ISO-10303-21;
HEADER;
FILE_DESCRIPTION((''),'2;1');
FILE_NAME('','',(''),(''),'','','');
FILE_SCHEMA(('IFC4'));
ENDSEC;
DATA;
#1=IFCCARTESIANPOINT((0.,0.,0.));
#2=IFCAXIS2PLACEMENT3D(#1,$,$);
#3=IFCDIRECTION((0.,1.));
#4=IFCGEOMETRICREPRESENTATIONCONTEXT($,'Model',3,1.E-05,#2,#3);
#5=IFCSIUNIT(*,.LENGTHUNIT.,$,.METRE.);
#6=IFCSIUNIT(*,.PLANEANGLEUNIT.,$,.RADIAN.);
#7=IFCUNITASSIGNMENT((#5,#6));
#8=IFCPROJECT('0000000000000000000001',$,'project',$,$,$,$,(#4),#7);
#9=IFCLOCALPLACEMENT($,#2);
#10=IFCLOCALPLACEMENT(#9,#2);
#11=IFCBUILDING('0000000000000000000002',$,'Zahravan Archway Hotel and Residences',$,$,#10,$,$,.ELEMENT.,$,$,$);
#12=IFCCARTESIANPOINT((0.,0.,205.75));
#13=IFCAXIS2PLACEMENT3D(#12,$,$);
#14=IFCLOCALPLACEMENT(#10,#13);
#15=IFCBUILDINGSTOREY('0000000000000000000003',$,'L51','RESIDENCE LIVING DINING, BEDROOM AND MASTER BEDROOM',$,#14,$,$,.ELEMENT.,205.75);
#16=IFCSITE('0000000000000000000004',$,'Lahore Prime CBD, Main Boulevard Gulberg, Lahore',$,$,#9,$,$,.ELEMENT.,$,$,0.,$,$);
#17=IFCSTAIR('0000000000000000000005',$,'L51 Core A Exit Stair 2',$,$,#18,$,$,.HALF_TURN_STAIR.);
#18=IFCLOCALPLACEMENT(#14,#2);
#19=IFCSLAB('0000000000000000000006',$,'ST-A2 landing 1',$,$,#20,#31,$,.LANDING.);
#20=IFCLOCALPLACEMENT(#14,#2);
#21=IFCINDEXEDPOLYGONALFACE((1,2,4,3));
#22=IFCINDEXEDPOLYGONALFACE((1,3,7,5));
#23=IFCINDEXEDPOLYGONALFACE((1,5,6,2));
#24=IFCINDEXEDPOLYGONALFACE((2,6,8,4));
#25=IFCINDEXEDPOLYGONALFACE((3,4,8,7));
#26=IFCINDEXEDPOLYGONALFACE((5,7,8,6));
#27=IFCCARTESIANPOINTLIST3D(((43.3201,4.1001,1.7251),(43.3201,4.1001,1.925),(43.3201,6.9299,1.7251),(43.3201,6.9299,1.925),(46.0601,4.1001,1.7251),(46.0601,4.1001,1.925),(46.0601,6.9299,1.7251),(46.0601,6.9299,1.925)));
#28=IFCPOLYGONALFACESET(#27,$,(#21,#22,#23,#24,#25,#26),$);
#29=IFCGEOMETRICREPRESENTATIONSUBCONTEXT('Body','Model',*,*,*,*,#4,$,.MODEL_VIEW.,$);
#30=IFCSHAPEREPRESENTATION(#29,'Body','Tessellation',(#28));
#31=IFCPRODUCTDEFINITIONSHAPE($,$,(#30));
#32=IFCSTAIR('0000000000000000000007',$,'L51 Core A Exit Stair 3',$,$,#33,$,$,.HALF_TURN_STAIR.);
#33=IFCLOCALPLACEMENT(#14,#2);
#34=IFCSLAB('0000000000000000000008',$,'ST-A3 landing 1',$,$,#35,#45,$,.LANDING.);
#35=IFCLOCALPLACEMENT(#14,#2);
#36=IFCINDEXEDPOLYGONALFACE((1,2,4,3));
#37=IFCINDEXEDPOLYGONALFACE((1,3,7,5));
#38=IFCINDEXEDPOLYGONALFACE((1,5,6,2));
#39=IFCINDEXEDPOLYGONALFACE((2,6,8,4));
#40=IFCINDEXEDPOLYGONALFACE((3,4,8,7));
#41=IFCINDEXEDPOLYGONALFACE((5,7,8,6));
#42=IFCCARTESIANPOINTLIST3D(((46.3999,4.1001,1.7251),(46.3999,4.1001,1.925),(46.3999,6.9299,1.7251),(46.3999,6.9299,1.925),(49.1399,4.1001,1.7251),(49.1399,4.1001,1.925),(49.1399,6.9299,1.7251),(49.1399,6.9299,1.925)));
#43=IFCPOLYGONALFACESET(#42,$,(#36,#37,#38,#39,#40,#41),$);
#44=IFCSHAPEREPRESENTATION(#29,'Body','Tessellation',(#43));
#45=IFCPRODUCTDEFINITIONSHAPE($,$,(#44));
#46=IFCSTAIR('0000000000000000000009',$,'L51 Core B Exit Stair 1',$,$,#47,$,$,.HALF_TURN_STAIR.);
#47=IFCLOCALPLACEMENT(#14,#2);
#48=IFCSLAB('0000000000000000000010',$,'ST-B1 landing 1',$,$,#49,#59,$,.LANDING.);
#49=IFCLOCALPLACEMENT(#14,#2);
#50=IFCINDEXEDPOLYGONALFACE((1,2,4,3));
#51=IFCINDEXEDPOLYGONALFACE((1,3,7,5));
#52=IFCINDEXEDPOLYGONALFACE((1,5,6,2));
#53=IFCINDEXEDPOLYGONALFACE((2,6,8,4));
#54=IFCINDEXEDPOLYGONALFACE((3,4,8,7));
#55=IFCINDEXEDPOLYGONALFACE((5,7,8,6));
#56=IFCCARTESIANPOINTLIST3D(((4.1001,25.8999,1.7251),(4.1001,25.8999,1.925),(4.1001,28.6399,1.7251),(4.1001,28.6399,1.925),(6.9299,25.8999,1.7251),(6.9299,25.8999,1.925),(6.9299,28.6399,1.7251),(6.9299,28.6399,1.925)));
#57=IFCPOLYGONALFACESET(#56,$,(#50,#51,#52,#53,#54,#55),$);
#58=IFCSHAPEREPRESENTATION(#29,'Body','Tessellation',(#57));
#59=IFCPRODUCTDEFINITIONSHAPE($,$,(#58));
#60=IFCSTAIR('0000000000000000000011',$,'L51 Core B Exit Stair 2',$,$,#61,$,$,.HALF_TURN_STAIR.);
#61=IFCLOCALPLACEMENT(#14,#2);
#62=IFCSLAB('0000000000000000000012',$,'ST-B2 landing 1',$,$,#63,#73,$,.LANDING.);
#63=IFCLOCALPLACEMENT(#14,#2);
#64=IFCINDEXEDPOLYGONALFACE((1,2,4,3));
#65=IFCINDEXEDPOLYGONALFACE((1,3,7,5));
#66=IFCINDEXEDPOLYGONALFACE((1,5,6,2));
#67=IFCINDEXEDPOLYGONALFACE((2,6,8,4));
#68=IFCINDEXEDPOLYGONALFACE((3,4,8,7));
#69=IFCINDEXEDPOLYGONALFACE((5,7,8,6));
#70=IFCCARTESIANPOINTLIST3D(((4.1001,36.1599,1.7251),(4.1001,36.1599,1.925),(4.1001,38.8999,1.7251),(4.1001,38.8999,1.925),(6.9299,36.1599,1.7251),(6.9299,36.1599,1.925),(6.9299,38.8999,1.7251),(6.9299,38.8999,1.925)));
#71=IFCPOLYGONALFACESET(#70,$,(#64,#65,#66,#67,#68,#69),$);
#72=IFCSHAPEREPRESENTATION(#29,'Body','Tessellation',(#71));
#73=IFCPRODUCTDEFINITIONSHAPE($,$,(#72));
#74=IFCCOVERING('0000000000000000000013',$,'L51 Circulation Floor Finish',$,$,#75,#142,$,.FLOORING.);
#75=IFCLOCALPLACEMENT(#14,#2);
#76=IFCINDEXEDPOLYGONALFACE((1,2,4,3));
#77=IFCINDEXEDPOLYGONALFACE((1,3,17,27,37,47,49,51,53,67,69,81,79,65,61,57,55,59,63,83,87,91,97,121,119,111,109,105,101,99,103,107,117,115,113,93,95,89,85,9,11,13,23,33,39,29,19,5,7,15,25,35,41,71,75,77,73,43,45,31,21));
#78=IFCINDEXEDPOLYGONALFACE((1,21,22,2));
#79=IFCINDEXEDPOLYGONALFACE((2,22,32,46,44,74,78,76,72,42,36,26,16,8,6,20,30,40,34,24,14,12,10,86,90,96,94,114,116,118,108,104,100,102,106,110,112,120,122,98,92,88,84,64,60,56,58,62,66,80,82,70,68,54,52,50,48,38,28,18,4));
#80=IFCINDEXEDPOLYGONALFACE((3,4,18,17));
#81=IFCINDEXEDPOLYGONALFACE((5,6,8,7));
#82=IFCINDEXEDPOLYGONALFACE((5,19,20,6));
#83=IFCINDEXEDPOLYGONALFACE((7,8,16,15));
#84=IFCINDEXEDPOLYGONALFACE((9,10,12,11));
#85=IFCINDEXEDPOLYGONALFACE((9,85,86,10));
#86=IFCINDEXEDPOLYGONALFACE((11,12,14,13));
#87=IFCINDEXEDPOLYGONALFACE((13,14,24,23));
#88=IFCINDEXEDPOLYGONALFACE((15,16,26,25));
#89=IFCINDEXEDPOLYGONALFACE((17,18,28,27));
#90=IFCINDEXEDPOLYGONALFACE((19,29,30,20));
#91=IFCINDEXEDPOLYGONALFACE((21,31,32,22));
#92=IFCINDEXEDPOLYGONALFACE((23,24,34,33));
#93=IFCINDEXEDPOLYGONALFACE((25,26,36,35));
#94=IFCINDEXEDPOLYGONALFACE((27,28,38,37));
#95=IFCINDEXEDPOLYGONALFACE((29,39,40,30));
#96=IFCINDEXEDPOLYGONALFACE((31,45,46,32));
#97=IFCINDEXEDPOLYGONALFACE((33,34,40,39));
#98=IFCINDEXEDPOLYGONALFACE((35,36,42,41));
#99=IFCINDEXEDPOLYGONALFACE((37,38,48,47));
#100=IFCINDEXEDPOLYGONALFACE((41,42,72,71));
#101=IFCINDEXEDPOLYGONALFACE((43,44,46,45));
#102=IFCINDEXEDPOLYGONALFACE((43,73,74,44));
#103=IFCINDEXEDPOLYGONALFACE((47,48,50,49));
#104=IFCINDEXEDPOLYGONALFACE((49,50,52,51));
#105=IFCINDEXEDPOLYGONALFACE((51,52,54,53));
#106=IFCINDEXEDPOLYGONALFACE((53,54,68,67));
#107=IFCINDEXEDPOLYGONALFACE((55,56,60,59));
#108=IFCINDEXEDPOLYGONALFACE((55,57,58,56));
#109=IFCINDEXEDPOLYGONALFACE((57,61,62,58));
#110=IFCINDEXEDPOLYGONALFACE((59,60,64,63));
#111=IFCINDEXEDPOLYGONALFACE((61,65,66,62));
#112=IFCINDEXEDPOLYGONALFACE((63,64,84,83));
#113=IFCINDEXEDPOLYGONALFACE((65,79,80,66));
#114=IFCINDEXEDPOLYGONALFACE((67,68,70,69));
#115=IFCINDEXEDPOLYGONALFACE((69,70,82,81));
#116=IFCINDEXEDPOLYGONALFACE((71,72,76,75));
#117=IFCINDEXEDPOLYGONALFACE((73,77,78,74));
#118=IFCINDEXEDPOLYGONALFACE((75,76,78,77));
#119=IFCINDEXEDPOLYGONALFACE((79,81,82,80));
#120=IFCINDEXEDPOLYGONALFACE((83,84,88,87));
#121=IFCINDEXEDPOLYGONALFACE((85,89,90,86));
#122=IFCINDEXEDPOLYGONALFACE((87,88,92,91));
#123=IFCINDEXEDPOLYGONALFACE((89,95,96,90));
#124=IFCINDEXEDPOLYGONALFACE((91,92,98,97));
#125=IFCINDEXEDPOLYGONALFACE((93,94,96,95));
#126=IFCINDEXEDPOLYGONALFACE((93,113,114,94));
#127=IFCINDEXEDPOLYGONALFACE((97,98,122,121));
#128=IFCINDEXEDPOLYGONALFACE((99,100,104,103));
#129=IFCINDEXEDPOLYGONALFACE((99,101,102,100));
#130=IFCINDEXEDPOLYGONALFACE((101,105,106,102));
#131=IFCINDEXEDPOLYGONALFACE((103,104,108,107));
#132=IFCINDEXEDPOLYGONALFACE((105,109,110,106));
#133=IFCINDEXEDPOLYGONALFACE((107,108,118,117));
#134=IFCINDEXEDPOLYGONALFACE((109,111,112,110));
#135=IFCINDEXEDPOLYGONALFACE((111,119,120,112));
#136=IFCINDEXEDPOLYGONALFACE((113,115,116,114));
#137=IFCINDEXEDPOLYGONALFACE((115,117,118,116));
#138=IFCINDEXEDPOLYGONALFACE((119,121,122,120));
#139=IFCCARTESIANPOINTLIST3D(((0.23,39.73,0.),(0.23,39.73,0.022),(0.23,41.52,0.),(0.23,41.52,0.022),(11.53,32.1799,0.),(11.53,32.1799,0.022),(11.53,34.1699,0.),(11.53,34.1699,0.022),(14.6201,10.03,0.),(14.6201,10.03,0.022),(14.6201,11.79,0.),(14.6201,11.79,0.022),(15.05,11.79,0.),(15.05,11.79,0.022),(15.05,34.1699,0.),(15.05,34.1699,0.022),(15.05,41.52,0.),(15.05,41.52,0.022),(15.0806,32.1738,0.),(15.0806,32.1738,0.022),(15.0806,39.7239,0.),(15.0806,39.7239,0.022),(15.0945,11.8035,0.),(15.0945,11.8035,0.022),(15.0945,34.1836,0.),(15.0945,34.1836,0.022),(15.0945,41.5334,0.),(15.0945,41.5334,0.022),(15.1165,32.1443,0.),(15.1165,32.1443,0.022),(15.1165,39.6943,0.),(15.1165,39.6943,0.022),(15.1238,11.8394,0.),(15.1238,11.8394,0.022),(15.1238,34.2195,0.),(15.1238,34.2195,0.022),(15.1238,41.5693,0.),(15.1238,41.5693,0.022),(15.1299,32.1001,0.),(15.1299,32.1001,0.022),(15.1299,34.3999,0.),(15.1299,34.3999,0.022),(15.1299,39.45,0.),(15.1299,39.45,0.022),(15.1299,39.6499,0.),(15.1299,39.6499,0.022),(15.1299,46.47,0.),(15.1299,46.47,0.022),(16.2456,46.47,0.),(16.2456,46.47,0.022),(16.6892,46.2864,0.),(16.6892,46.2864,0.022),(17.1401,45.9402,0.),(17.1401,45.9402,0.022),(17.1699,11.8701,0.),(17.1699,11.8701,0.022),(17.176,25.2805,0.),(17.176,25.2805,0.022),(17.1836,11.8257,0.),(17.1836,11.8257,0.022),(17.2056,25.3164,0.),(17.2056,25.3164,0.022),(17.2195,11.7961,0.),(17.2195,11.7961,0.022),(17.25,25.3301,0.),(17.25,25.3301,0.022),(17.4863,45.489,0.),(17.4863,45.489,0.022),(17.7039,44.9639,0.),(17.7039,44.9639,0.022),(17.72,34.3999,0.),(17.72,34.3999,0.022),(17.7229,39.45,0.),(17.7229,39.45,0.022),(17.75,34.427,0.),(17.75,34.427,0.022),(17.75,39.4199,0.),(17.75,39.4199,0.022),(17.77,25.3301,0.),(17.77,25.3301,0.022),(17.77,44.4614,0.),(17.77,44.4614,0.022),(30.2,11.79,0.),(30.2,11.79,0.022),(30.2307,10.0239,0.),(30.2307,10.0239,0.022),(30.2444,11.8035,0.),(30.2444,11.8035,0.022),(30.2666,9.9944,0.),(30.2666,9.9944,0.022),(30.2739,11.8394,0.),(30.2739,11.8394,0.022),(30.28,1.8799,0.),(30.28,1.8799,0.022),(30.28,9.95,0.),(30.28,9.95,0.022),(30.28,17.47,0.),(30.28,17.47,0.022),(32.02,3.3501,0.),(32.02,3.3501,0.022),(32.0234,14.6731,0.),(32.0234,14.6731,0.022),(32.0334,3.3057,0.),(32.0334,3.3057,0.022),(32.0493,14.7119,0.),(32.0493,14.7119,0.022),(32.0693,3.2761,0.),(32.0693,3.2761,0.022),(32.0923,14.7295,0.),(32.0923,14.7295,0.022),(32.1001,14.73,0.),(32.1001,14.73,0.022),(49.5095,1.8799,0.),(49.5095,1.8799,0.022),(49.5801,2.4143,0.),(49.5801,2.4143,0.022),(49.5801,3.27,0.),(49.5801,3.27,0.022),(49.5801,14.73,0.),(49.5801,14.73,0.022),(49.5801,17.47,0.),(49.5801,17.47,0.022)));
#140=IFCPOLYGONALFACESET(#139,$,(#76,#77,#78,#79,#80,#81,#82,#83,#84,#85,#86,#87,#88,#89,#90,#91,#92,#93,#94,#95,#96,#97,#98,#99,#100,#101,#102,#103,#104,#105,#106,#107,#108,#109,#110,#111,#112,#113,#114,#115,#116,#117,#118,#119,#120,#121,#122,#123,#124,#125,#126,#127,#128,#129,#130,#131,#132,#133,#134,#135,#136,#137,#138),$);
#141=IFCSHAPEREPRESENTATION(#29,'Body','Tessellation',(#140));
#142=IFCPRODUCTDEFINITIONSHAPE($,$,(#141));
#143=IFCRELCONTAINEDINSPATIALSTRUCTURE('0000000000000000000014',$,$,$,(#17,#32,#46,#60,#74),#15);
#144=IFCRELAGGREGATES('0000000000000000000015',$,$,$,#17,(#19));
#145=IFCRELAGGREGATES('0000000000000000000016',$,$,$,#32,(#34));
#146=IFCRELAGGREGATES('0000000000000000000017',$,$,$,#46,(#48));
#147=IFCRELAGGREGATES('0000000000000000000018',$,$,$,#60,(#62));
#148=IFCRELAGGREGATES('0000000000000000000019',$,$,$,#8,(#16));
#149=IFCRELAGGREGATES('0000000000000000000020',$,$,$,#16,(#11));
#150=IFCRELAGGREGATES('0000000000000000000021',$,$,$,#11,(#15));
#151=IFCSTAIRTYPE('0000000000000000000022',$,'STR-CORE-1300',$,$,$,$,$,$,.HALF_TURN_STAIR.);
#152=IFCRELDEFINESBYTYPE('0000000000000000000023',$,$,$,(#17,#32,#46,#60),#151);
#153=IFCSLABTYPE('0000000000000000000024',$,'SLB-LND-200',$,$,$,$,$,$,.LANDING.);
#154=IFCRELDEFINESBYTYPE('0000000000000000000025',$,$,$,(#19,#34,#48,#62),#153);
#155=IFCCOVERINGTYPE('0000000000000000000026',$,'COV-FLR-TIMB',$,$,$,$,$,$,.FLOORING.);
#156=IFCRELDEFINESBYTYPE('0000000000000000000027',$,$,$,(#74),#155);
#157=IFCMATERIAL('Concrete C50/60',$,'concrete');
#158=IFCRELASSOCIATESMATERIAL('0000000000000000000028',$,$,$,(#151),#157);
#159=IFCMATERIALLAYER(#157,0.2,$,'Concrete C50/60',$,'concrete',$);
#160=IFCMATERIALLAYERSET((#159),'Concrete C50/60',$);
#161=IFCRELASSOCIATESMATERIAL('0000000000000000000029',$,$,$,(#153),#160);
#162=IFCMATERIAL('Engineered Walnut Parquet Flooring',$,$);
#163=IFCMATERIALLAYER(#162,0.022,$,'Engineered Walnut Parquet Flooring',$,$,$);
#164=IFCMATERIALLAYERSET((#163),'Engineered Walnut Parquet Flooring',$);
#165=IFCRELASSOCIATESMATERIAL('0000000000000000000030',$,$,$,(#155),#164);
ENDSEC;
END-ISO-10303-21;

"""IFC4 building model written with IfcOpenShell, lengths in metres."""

from ifc_helpers import new_model, si_unit, direction, frame, origin, place, context, subcontext, project, spatial, polyline, outline, extrude, material, layer, layer_set, type_object, element, aggregate, save


model = new_model("IFC4")

# Units and contexts
model_context = context("Model", 3, precision=1e-05, world=origin(), true_north=direction((0.0, 1.0)))
body_context = subcontext(model_context, "Body", "Model", "MODEL_VIEW")
ifc_project = project(units=[si_unit("LENGTHUNIT", "METRE"), si_unit("PLANEANGLEUNIT", "RADIAN")], contexts=[model_context])

# Site, building, storey
site_placement = place(None, origin())
site = spatial("IfcSite", under=ifc_project, at=site_placement, Name="Lahore Prime CBD, Main Boulevard Gulberg, Lahore", CompositionType="ELEMENT", RefElevation=0.0)
building_placement = place(site_placement, origin())
building = spatial("IfcBuilding", under=site, at=building_placement, Name="Zahravan Archway Hotel and Residences", CompositionType="ELEMENT")
storey_placement = place(building_placement, frame((0.0, 0.0, 205.75)))
storey = spatial("IfcBuildingStorey", under=building, at=storey_placement, Name="L51", Description="RESIDENCE LIVING DINING, BEDROOM AND MASTER BEDROOM", CompositionType="ELEMENT", Elevation=205.75)

# Stairs, slabs
ifc_material_1 = material(Name="Concrete C50/60", Category="concrete")
stair_type = type_object("IfcStairType", Name="STR-CORE-1300", PredefinedType="HALF_TURN_STAIR", material=ifc_material_1)
ifc_layer_1 = layer(ifc_material_1, 0.2, Name="Concrete C50/60", Category="concrete")
ifc_layer_set_1 = layer_set([ifc_layer_1], Name="Concrete C50/60")
slab_type_1 = type_object("IfcSlabType", Name="SLB-LND-200", PredefinedType="LANDING", material=ifc_layer_set_1)
stair_1_placement = place(storey_placement, origin())
stair_1 = element("IfcStair", 1, at=stair_1_placement, inside=storey, type_object=stair_type, Name="L51 Core A Exit Stair 2", PredefinedType="HALF_TURN_STAIR")
slab_1_placement = place(storey_placement, frame((0.0, 0.0, 1.7251)))
slab_1 = element("IfcSlab", 2, at=slab_1_placement, type_object=slab_type_1, Name="ST-A2 landing 1", PredefinedType="LANDING", context=body_context, shape_type="SweptSolid", body=[
    extrude(outline(polyline([(43.3201, 6.9299), (43.3201, 4.1001), (46.0601, 4.1001), (46.0601, 6.9299), (43.3201, 6.9299)])), origin(), (0.0, 0.0, 1.0), 0.2),
])
aggregate(stair_1, [slab_1])
stair_2_placement = place(storey_placement, origin())
stair_2 = element("IfcStair", 3, at=stair_2_placement, inside=storey, type_object=stair_type, Name="L51 Core A Exit Stair 3", PredefinedType="HALF_TURN_STAIR")
slab_2_placement = place(storey_placement, frame((0.0, 0.0, 1.7251)))
slab_2 = element("IfcSlab", 4, at=slab_2_placement, type_object=slab_type_1, Name="ST-A3 landing 1", PredefinedType="LANDING", context=body_context, shape_type="SweptSolid", body=[
    extrude(outline(polyline([(46.3999, 6.9299), (46.3999, 4.1001), (49.1399, 4.1001), (49.1399, 6.9299), (46.3999, 6.9299)])), origin(), (0.0, 0.0, 1.0), 0.2),
])
aggregate(stair_2, [slab_2])
stair_3_placement = place(storey_placement, origin())
stair_3 = element("IfcStair", 5, at=stair_3_placement, inside=storey, type_object=stair_type, Name="L51 Core B Exit Stair 1", PredefinedType="HALF_TURN_STAIR")
slab_3_placement = place(storey_placement, frame((0.0, 0.0, 1.7251)))
slab_3 = element("IfcSlab", 6, at=slab_3_placement, type_object=slab_type_1, Name="ST-B1 landing 1", PredefinedType="LANDING", context=body_context, shape_type="SweptSolid", body=[
    extrude(outline(polyline([(6.9299, 28.6399), (4.1001, 28.6399), (4.1001, 25.8999), (6.9299, 25.8999), (6.9299, 28.6399)])), origin(), (0.0, 0.0, 1.0), 0.2),
])
aggregate(stair_3, [slab_3])
stair_4_placement = place(storey_placement, origin())
stair_4 = element("IfcStair", 7, at=stair_4_placement, inside=storey, type_object=stair_type, Name="L51 Core B Exit Stair 2", PredefinedType="HALF_TURN_STAIR")
slab_4_placement = place(storey_placement, frame((0.0, 0.0, 1.7251)))
slab_4 = element("IfcSlab", 8, at=slab_4_placement, type_object=slab_type_1, Name="ST-B2 landing 1", PredefinedType="LANDING", context=body_context, shape_type="SweptSolid", body=[
    extrude(outline(polyline([(6.9299, 38.8999), (4.1001, 38.8999), (4.1001, 36.1599), (6.9299, 36.1599), (6.9299, 38.8999)])), origin(), (0.0, 0.0, 1.0), 0.2),
])
aggregate(stair_4, [slab_4])

# Covering
ifc_material_2 = material(Name="Engineered Walnut Parquet Flooring")
ifc_layer_2 = layer(ifc_material_2, 0.022, Name="Engineered Walnut Parquet Flooring")
ifc_layer_set_2 = layer_set([ifc_layer_2], Name="Engineered Walnut Parquet Flooring")
covering_type = type_object("IfcCoveringType", Name="COV-FLR-TIMB", PredefinedType="FLOORING", material=ifc_layer_set_2)
covering_placement = place(storey_placement, origin())
element("IfcCovering", 9, at=covering_placement, inside=storey, type_object=covering_type, Name="L51 Circulation Floor Finish", PredefinedType="FLOORING", context=body_context, shape_type="SweptSolid", body=[
    extrude(outline(polyline([(32.0923, 14.7295), (32.0493, 14.7119), (32.0234, 14.6731), (32.02, 3.3501), (32.0334, 3.3057), (32.0693, 3.2761), (49.5801, 3.27), (49.5801, 2.4143), (49.5095, 1.8799), (30.28, 1.8799), (30.28, 9.95), (30.2666, 9.9944), (30.2307, 10.0239), (14.6201, 10.03), (14.6201, 11.79), (15.05, 11.79), (15.0945, 11.8035), (15.1238, 11.8394), (15.1299, 32.1001), (15.1165, 32.1443), (15.0806, 32.1738), (11.53, 32.1799), (11.53, 34.1699), (15.05, 34.1699), (15.0945, 34.1836), (15.1238, 34.2195), (15.1299, 34.3999), (17.72, 34.3999), (17.75, 34.427), (17.75, 39.4199), (17.7229, 39.45), (15.1299, 39.45), (15.1299, 39.6499), (15.1165, 39.6943), (15.0806, 39.7239), (0.23, 39.73), (0.23, 41.52), (15.05, 41.52), (15.0945, 41.5334), (15.1238, 41.5693), (15.1299, 46.47), (16.2456, 46.47), (16.6892, 46.2864), (17.1401, 45.9402), (17.4863, 45.489), (17.7039, 44.9639), (17.77, 44.4614), (17.77, 25.3301), (17.25, 25.3301), (17.2056, 25.3164), (17.176, 25.2805), (17.1699, 11.8701), (17.1836, 11.8257), (17.2195, 11.7961), (30.2, 11.79), (30.2444, 11.8035), (30.2739, 11.8394), (30.28, 17.47), (49.5801, 17.47), (49.5801, 14.73), (32.1001, 14.73), (32.0923, 14.7295)])), origin(), (0.0, 0.0, 1.0), 0.022),
])

save(model, "model.ifc")
